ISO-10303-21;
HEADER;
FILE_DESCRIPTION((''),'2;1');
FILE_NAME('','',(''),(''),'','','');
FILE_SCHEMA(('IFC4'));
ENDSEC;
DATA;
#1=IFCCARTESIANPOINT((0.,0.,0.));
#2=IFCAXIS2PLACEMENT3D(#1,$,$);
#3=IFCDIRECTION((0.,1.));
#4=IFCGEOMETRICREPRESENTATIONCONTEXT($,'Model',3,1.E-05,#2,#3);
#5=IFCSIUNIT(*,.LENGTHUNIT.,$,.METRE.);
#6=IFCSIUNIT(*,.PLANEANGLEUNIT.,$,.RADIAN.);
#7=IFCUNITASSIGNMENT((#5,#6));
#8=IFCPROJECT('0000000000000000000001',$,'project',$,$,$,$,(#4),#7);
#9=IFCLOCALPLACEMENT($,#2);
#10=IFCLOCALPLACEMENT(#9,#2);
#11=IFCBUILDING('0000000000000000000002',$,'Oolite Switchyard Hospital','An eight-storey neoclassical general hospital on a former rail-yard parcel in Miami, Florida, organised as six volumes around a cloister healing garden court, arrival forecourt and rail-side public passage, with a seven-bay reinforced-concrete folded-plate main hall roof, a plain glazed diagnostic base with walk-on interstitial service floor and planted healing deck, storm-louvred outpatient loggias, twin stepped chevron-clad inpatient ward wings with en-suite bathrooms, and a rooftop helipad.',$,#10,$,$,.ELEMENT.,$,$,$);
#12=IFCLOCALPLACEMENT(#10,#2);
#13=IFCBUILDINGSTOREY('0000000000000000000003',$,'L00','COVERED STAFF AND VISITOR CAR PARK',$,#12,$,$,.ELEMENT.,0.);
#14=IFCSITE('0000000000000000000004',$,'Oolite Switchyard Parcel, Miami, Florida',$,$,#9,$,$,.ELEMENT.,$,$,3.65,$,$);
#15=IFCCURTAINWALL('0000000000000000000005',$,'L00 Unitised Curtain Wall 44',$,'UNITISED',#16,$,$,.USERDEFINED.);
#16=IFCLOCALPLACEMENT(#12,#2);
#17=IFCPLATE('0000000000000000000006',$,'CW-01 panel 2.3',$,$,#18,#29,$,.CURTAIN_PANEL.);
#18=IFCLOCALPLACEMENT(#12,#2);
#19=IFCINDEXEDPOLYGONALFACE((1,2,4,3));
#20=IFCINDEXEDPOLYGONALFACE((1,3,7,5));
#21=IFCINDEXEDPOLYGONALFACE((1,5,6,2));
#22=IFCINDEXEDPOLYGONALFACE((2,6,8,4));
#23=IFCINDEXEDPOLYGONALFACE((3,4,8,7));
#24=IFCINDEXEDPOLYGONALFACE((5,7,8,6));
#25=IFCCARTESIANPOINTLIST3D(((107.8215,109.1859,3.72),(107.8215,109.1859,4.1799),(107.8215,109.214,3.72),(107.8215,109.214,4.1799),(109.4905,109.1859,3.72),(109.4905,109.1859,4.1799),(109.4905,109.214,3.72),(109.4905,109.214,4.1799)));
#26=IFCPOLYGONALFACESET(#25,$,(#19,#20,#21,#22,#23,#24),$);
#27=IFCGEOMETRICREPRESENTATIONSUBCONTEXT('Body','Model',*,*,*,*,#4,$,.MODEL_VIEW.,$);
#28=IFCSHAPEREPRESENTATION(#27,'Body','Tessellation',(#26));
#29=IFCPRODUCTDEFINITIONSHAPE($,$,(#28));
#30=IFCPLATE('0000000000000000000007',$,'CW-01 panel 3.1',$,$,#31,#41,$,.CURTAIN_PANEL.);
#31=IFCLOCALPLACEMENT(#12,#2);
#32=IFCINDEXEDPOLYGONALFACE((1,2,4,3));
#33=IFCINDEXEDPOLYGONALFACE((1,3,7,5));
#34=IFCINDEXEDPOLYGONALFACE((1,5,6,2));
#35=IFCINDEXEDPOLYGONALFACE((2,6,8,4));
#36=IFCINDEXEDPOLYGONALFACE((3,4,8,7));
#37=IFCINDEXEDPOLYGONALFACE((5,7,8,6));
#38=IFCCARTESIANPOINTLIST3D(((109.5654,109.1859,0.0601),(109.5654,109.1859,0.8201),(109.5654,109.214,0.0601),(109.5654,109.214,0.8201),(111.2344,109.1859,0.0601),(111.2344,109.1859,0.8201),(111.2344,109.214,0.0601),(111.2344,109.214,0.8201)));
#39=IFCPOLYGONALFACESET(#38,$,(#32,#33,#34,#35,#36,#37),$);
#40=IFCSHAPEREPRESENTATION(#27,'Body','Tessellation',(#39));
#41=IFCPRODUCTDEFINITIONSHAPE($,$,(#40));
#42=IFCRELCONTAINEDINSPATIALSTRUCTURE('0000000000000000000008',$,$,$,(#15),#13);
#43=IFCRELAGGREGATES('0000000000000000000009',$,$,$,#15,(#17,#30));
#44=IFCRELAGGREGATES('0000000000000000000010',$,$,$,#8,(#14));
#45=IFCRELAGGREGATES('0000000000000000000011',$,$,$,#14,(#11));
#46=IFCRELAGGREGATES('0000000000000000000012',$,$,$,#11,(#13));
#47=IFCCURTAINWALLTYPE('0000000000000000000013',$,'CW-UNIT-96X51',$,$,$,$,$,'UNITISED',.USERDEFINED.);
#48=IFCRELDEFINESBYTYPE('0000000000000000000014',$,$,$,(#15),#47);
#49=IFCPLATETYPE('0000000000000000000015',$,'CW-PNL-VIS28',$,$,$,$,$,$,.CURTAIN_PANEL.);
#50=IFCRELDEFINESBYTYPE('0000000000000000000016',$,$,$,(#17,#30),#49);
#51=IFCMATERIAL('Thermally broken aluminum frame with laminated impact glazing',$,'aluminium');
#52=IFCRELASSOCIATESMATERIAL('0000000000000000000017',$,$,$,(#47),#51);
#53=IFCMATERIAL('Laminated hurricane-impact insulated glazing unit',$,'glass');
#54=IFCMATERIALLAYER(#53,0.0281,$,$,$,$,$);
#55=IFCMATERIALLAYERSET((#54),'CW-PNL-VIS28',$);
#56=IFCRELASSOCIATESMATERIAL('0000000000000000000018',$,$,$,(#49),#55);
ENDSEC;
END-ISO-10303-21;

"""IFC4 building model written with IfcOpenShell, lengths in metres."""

from ifc_helpers import new_model, si_unit, direction, frame, origin, origin_2d, place, context, subcontext, project, spatial, rectangle, extrude, material, layer, layer_set, type_object, element, aggregate, save


model = new_model("IFC4")

# Units and contexts
model_context = context("Model", 3, precision=1e-05, world=origin(), true_north=direction((0.0, 1.0)))
body_context = subcontext(model_context, "Body", "Model", "MODEL_VIEW")
ifc_project = project(units=[si_unit("LENGTHUNIT", "METRE"), si_unit("PLANEANGLEUNIT", "RADIAN")], contexts=[model_context])

# Site, building, storey
site_placement = place(None, origin())
site = spatial("IfcSite", under=ifc_project, at=site_placement, Name="Oolite Switchyard Parcel, Miami, Florida", CompositionType="ELEMENT", RefElevation=3.65)
building_placement = place(site_placement, origin())
building = spatial("IfcBuilding", under=site, at=building_placement, Name="Oolite Switchyard Hospital", Description="An eight-storey neoclassical general hospital on a former rail-yard parcel in Miami, Florida, organised as six volumes around a cloister healing garden court, arrival forecourt and rail-side public passage, with a seven-bay reinforced-concrete folded-plate main hall roof, a plain glazed diagnostic base with walk-on interstitial service floor and planted healing deck, storm-louvred outpatient loggias, twin stepped chevron-clad inpatient ward wings with en-suite bathrooms, and a rooftop helipad.", CompositionType="ELEMENT")
storey_placement = place(building_placement, origin())
storey = spatial("IfcBuildingStorey", under=building, at=storey_placement, Name="L00", Description="COVERED STAFF AND VISITOR CAR PARK", CompositionType="ELEMENT", Elevation=0.0)

# Curtain wall, plates
ifc_material_1 = material(Name="Thermally broken aluminum frame with laminated impact glazing", Category="aluminium")
curtain_wall_type = type_object("IfcCurtainWallType", Name="CW-UNIT-96X51", ElementType="UNITISED", PredefinedType="USERDEFINED", material=ifc_material_1)
curtain_wall_placement = place(storey_placement, origin())
curtain_wall = element("IfcCurtainWall", 1, at=curtain_wall_placement, inside=storey, type_object=curtain_wall_type, Name="L00 Unitised Curtain Wall 44", ObjectType="UNITISED", PredefinedType="USERDEFINED")
ifc_material_2 = material(Name="Laminated hurricane-impact insulated glazing unit", Category="glass")
ifc_layer = layer(ifc_material_2, 0.0281)
ifc_layer_set = layer_set([ifc_layer], Name="CW-PNL-VIS28")
plate_type = type_object("IfcPlateType", Name="CW-PNL-VIS28", PredefinedType="CURTAIN_PANEL", material=ifc_layer_set)
plate_1_placement = place(storey_placement, frame((108.656, 109.2, 3.72), z_axis=(0.0, 0.0, 1.0), x_axis=(1.0, 0.0, 0.0)))
plate_1 = element("IfcPlate", 2, at=plate_1_placement, type_object=plate_type, Name="CW-01 panel 2.3", PredefinedType="CURTAIN_PANEL", context=body_context, shape_type="SweptSolid", body=[
    extrude(rectangle(XDim=1.6689, YDim=0.0281, at=origin_2d()), origin(), (0.0, 0.0, 1.0), 0.46),
])
plate_2_placement = place(storey_placement, frame((110.3999, 109.2, 0.0601), z_axis=(0.0, 0.0, 1.0), x_axis=(1.0, 0.0, 0.0)))
plate_2 = element("IfcPlate", 3, at=plate_2_placement, type_object=plate_type, Name="CW-01 panel 3.1", PredefinedType="CURTAIN_PANEL", context=body_context, shape_type="SweptSolid", body=[
    extrude(rectangle(XDim=1.6689, YDim=0.0281, at=origin_2d()), origin(), (0.0, 0.0, 1.0), 0.76),
])
aggregate(curtain_wall, [plate_1, plate_2])

save(model, "model.ifc")
